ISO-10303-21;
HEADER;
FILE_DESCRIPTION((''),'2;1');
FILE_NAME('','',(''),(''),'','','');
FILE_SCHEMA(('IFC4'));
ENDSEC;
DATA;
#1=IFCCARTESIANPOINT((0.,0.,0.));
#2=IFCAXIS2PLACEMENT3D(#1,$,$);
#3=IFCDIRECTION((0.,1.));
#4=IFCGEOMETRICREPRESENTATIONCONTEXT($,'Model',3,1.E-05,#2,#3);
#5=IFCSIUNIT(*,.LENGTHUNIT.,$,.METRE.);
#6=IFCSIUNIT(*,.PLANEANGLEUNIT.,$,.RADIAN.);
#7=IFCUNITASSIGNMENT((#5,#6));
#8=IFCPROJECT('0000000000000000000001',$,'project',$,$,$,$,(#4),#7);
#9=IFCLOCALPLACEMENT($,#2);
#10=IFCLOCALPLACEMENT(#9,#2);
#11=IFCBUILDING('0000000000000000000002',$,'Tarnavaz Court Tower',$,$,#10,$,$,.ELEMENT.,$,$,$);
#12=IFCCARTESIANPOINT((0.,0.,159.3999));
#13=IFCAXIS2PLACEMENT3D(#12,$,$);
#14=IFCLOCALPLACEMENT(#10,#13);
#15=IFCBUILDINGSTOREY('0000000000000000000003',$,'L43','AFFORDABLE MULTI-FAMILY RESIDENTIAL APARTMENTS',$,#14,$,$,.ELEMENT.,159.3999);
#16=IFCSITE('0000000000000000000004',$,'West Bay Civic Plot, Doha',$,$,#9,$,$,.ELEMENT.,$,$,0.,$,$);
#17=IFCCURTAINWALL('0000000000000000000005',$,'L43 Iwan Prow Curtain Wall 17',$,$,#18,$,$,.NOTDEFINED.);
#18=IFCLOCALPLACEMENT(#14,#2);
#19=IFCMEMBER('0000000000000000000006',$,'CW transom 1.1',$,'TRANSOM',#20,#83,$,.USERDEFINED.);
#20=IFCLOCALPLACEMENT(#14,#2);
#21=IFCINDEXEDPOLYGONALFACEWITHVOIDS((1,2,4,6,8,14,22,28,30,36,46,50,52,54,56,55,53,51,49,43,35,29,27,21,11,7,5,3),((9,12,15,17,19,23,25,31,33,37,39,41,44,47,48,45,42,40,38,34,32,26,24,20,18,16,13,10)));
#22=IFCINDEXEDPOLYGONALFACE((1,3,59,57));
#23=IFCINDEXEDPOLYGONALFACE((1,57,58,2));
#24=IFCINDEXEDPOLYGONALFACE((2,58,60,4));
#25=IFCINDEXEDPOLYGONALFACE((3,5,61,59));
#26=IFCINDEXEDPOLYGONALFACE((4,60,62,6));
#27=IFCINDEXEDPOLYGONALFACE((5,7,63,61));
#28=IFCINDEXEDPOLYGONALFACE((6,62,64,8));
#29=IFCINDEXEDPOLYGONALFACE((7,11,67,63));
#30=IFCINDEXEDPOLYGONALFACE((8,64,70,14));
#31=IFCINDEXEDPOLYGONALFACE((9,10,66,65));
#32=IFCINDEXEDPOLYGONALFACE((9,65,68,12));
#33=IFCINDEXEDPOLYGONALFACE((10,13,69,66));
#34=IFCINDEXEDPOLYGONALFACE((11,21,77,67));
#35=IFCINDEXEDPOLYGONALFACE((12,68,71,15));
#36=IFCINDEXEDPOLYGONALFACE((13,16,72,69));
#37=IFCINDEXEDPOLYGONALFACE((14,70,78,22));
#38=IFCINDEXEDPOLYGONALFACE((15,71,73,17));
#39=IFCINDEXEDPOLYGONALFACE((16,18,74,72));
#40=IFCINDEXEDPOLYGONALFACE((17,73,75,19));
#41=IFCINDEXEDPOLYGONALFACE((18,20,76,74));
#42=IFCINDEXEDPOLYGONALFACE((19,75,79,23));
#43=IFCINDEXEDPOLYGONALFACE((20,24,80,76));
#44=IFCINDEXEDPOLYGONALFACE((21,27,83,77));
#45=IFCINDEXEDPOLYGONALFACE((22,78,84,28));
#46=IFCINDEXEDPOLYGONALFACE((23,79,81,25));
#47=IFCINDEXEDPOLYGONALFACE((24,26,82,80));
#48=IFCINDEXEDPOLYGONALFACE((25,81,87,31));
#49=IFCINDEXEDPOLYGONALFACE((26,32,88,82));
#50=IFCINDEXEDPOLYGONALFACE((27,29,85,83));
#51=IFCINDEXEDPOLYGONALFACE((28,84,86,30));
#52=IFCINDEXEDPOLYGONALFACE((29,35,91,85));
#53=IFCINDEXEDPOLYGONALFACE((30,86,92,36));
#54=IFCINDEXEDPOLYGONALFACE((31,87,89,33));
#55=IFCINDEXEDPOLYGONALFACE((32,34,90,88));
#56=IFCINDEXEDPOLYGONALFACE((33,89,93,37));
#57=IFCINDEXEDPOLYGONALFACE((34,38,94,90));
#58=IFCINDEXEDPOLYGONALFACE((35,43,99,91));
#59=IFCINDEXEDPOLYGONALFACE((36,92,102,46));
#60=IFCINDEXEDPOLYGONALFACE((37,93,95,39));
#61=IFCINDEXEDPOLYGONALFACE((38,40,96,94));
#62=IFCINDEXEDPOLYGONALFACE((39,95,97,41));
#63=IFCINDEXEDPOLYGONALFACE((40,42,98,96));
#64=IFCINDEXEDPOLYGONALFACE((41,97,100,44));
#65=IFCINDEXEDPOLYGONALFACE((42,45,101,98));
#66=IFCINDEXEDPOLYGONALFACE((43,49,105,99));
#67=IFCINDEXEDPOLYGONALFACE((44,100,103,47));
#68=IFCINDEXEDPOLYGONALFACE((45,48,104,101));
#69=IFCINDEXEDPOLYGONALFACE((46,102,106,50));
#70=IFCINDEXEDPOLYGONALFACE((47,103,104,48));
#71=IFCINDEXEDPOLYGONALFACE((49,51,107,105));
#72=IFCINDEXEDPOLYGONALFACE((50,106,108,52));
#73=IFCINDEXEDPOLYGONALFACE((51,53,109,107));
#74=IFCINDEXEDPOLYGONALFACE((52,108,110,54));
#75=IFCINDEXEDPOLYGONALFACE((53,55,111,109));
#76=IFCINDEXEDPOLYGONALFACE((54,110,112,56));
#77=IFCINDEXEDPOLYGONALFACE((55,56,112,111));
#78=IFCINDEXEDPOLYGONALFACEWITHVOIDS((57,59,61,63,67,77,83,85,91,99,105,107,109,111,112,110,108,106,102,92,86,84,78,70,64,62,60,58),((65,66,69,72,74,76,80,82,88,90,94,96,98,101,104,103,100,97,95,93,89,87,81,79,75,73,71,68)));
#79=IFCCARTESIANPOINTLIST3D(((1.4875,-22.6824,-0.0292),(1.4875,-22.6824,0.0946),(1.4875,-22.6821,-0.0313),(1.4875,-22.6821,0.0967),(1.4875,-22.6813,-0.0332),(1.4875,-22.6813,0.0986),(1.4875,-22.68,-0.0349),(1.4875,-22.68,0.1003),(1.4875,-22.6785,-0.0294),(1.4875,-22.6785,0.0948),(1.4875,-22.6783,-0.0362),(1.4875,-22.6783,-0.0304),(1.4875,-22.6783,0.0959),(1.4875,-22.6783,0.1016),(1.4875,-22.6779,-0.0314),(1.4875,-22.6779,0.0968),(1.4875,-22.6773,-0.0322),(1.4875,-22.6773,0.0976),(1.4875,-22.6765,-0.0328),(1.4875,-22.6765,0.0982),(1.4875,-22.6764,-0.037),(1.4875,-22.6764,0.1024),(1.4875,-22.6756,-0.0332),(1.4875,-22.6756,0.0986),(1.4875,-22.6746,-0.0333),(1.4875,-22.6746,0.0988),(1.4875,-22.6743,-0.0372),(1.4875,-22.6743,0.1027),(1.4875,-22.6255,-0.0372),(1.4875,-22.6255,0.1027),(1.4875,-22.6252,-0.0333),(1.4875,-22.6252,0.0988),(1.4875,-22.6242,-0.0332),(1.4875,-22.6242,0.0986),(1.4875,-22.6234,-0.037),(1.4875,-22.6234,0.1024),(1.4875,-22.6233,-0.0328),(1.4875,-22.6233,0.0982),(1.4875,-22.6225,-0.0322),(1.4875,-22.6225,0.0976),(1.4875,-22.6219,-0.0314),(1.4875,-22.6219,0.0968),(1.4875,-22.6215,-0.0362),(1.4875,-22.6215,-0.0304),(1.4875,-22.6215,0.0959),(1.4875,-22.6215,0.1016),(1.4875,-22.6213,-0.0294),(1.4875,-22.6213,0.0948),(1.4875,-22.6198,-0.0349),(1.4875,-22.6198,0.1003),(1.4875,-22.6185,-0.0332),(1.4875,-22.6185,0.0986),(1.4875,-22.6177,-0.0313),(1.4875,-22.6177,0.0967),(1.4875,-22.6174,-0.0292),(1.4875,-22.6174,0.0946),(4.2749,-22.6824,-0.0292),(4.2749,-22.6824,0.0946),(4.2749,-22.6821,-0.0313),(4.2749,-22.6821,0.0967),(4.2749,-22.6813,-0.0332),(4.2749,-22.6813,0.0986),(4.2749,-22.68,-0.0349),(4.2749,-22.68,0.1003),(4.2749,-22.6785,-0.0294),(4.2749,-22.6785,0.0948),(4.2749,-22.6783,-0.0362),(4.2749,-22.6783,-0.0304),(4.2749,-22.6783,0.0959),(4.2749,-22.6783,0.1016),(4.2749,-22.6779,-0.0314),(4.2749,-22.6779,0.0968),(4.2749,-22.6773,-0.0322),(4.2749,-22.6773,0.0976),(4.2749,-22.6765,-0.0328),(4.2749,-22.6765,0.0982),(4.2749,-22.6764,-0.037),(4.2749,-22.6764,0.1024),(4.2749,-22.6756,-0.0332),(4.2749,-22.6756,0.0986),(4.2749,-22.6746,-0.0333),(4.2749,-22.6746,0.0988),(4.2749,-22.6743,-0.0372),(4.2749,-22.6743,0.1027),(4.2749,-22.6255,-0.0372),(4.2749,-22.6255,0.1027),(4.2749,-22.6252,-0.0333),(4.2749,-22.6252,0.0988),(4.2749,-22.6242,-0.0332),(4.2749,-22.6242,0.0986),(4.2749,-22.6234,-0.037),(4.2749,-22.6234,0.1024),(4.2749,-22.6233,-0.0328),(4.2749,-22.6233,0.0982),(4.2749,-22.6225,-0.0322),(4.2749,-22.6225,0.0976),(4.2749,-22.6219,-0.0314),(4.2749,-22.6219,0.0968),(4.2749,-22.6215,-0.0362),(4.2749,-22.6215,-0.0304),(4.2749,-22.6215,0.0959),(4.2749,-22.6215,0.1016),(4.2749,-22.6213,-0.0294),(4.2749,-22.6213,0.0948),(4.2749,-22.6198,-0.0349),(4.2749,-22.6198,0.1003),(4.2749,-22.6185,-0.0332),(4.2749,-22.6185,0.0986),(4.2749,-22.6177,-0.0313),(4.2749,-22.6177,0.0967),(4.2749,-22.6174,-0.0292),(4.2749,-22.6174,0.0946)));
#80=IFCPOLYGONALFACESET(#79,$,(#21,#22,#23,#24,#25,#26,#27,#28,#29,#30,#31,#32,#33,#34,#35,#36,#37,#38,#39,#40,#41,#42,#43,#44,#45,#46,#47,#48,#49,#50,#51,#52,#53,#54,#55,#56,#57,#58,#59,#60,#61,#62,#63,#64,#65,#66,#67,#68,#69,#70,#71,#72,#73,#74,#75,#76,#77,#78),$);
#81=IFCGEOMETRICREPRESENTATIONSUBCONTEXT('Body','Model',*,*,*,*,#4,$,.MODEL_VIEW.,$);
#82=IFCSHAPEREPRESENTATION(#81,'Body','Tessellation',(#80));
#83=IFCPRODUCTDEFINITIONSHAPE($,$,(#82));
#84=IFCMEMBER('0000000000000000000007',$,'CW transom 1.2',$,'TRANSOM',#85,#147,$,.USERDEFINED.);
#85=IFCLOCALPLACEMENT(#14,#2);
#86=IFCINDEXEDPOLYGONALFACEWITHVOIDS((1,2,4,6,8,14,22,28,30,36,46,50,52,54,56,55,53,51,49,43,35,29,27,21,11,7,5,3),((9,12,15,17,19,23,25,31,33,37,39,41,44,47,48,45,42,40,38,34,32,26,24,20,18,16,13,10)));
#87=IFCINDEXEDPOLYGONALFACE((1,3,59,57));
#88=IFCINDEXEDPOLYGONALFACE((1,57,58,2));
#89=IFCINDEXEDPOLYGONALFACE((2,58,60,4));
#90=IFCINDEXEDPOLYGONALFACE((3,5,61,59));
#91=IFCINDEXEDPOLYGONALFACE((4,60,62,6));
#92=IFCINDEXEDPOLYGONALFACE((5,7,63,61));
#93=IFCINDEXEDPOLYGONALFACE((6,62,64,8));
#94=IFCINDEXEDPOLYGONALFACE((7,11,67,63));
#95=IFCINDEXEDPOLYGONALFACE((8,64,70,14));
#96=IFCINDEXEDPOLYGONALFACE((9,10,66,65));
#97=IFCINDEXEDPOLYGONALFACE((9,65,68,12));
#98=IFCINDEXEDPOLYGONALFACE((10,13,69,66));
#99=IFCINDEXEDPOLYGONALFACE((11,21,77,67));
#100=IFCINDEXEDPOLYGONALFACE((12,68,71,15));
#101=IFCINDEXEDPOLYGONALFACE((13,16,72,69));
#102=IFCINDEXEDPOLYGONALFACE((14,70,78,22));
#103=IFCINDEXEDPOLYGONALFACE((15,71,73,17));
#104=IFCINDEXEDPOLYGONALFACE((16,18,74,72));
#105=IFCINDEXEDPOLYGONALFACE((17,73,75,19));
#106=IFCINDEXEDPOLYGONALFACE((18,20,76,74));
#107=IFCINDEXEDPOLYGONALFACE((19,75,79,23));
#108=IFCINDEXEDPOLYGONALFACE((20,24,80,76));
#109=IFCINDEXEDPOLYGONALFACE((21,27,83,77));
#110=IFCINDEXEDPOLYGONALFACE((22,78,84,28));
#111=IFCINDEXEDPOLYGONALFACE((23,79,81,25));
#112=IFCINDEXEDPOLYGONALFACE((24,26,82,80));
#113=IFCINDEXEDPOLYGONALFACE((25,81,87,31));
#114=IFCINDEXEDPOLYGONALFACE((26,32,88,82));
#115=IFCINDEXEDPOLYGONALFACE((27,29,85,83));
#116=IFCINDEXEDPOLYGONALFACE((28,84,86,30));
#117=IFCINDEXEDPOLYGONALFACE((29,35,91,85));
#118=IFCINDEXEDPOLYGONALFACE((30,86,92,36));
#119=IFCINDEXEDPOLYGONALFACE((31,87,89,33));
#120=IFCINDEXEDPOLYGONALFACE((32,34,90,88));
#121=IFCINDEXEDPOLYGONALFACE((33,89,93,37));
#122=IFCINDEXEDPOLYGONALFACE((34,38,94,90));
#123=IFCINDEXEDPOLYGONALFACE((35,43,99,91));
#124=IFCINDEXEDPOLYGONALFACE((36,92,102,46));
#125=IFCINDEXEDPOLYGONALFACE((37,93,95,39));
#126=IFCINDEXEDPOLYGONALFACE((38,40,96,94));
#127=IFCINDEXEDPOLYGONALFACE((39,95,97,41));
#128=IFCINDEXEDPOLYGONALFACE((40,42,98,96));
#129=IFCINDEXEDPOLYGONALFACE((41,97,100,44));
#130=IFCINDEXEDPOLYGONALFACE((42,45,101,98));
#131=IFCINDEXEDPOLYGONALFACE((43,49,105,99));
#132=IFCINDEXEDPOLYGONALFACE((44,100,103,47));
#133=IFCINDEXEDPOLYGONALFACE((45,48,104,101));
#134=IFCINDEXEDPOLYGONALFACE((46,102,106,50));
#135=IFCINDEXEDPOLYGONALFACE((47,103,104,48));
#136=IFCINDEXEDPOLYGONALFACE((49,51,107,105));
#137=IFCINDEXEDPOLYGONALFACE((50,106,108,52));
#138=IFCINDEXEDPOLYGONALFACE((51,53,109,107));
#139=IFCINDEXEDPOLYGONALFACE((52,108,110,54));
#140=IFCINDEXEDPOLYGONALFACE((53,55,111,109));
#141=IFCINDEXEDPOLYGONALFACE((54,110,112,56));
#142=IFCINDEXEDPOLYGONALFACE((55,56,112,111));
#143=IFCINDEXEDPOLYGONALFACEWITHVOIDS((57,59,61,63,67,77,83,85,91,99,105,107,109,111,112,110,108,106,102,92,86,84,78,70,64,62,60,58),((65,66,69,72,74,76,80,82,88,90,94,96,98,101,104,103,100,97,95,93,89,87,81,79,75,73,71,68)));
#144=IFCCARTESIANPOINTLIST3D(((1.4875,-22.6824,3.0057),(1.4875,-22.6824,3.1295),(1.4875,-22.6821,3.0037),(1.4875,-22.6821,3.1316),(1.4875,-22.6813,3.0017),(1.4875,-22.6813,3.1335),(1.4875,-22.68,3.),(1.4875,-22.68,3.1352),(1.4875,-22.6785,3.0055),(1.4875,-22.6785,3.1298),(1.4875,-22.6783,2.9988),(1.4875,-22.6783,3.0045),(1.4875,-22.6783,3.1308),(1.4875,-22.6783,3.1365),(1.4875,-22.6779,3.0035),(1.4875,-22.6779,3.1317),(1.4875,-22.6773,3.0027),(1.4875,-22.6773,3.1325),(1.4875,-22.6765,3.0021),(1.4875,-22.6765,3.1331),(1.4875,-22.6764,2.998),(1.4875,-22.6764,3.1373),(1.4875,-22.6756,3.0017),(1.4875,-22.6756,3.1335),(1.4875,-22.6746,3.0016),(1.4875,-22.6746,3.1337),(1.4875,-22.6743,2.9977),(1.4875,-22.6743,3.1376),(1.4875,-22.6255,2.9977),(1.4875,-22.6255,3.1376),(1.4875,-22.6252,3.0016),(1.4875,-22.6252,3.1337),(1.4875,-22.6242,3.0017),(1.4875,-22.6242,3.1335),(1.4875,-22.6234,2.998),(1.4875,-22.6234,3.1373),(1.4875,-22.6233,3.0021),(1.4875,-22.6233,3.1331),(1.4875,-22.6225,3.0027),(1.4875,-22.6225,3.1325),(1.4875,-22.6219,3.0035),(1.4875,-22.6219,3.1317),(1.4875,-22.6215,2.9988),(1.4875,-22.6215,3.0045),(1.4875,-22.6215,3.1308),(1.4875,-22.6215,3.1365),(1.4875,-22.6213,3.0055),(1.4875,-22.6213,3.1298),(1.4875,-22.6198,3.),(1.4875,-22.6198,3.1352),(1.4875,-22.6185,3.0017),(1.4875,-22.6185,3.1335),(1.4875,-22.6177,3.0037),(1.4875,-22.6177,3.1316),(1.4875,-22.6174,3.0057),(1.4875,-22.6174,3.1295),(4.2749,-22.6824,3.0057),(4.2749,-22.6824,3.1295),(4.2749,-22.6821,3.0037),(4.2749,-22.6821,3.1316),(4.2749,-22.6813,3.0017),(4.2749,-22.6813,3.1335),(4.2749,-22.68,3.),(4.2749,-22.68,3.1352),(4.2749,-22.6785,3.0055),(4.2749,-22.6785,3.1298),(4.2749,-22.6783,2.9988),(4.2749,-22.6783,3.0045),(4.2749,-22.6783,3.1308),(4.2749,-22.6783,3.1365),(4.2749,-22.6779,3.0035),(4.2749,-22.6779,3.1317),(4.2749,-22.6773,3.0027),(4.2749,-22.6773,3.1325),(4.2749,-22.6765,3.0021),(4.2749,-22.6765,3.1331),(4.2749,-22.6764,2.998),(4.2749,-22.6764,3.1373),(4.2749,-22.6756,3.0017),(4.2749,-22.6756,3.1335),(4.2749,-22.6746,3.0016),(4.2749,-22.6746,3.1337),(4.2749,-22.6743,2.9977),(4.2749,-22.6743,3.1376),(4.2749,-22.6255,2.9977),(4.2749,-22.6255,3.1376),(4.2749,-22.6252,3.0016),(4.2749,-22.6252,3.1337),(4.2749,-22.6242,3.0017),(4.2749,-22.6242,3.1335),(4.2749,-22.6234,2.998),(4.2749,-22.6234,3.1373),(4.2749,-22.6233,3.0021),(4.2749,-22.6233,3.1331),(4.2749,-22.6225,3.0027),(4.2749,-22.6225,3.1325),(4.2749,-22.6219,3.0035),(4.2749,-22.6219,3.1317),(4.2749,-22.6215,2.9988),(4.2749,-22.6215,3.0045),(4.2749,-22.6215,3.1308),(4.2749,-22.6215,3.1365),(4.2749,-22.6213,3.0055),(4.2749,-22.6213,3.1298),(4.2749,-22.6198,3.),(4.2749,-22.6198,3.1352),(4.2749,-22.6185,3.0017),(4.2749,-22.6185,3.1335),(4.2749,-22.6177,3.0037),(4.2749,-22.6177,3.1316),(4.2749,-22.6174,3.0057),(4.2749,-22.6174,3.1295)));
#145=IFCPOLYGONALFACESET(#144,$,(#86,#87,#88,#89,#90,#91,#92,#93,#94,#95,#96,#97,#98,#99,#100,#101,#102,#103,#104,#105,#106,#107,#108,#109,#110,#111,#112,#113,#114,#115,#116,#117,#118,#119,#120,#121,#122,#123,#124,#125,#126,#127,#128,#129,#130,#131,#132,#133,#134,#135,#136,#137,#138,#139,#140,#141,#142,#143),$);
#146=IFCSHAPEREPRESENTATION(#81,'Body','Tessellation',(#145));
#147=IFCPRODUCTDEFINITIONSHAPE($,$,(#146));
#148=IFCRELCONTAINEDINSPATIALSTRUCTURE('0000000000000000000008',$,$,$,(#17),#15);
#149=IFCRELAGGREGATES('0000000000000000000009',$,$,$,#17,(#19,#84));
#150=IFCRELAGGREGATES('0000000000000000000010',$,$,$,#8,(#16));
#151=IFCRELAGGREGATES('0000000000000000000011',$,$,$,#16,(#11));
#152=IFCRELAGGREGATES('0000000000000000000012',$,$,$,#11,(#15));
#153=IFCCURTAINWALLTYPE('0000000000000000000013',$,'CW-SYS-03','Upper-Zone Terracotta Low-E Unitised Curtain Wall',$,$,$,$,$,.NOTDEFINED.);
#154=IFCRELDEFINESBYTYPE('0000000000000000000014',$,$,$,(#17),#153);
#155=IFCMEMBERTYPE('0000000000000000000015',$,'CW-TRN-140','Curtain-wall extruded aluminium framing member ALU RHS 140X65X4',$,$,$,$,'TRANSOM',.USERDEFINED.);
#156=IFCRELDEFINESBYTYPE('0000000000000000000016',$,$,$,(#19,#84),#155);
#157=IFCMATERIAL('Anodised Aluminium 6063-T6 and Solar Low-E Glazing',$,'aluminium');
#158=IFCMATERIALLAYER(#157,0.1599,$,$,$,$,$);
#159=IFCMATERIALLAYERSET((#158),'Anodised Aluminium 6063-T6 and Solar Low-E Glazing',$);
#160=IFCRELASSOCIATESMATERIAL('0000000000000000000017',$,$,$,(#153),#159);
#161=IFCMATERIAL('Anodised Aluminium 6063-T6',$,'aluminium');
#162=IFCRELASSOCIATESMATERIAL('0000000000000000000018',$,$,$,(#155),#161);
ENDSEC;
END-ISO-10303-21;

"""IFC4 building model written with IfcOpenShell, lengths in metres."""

from ifc_helpers import new_model, si_unit, direction, frame, origin, origin_2d, place, context, subcontext, project, spatial, hollow_rectangle, extrude, material, layer, layer_set, material_profile, profile_set, type_object, element, aggregate, save


model = new_model("IFC4")

# Units and contexts
model_context = context("Model", 3, precision=1e-05, world=origin(), true_north=direction((0.0, 1.0)))
body_context = subcontext(model_context, "Body", "Model", "MODEL_VIEW")
ifc_project = project(units=[si_unit("LENGTHUNIT", "METRE"), si_unit("PLANEANGLEUNIT", "RADIAN")], contexts=[model_context])

# Site, building, storey
site_placement = place(None, origin())
site = spatial("IfcSite", under=ifc_project, at=site_placement, Name="West Bay Civic Plot, Doha", CompositionType="ELEMENT", RefElevation=0.0)
building_placement = place(site_placement, origin())
building = spatial("IfcBuilding", under=site, at=building_placement, Name="Tarnavaz Court Tower", CompositionType="ELEMENT")
storey_placement = place(building_placement, frame((0.0, 0.0, 159.3999)))
storey = spatial("IfcBuildingStorey", under=building, at=storey_placement, Name="L43", Description="AFFORDABLE MULTI-FAMILY RESIDENTIAL APARTMENTS", CompositionType="ELEMENT", Elevation=159.3999)

# Curtain wall, members
ifc_material_1 = material(Name="Anodised Aluminium 6063-T6 and Solar Low-E Glazing", Category="aluminium")
ifc_layer_1 = layer(ifc_material_1, 0.1599)
ifc_layer_set_1 = layer_set([ifc_layer_1], Name="Anodised Aluminium 6063-T6 and Solar Low-E Glazing")
curtain_wall_type = type_object("IfcCurtainWallType", Name="CW-SYS-03", Description="Upper-Zone Terracotta Low-E Unitised Curtain Wall", PredefinedType="NOTDEFINED", material=ifc_layer_set_1)
curtain_wall_placement = place(storey_placement, origin())
curtain_wall = element("IfcCurtainWall", 1, at=curtain_wall_placement, inside=storey, type_object=curtain_wall_type, Name="L43 Iwan Prow Curtain Wall 17", PredefinedType="NOTDEFINED")
ifc_material_2 = material(Name="Anodised Aluminium 6063-T6", Category="aluminium")
ifc_material_profile_1 = material_profile(ifc_material_2, hollow_rectangle(XDim=0.0649, YDim=0.1399, WallThickness=0.0039, InnerFilletRadius=0.0039, OuterFilletRadius=0.0081, at=origin_2d()), Name="ALU RHS 140X65X4")
ifc_profile_set_1 = profile_set([ifc_material_profile_1], Name="Anodised Aluminium 6063-T6")
member_type_1 = type_object("IfcMemberType", Name="CW-TRN-140", Description="Curtain-wall extruded aluminium framing member ALU RHS 140X65X4", ElementType="TRANSOM", PredefinedType="USERDEFINED", material=ifc_profile_set_1)
member_1_placement = place(storey_placement, frame((4.2749, -22.6499, 0.0327), z_axis=(-1.0, 0.0, 0.0), x_axis=(0.0, -1.0, 0.0)))
member_1 = element("IfcMember", 2, at=member_1_placement, type_object=member_type_1, Name="CW transom 1.1", ObjectType="TRANSOM", PredefinedType="USERDEFINED", context=body_context, shape_type="SweptSolid", body=[
    extrude(hollow_rectangle(XDim=0.0649, YDim=0.1399, WallThickness=0.0039, InnerFilletRadius=0.0039, OuterFilletRadius=0.0081, at=origin_2d()), origin(), (0.0, 0.0, 1.0), 2.7874),
])
member_2_placement = place(storey_placement, frame((4.2749, -22.6499, 3.0676), z_axis=(-1.0, 0.0, 0.0), x_axis=(0.0, -1.0, 0.0)))
member_2 = element("IfcMember", 3, at=member_2_placement, type_object=member_type_1, Name="CW transom 1.2", ObjectType="TRANSOM", PredefinedType="USERDEFINED", context=body_context, shape_type="SweptSolid", body=[
    extrude(hollow_rectangle(XDim=0.0649, YDim=0.1399, WallThickness=0.0039, InnerFilletRadius=0.0039, OuterFilletRadius=0.0081, at=origin_2d()), origin(), (0.0, 0.0, 1.0), 2.7874),
])
aggregate(curtain_wall, [member_1, member_2])

save(model, "model.ifc")
